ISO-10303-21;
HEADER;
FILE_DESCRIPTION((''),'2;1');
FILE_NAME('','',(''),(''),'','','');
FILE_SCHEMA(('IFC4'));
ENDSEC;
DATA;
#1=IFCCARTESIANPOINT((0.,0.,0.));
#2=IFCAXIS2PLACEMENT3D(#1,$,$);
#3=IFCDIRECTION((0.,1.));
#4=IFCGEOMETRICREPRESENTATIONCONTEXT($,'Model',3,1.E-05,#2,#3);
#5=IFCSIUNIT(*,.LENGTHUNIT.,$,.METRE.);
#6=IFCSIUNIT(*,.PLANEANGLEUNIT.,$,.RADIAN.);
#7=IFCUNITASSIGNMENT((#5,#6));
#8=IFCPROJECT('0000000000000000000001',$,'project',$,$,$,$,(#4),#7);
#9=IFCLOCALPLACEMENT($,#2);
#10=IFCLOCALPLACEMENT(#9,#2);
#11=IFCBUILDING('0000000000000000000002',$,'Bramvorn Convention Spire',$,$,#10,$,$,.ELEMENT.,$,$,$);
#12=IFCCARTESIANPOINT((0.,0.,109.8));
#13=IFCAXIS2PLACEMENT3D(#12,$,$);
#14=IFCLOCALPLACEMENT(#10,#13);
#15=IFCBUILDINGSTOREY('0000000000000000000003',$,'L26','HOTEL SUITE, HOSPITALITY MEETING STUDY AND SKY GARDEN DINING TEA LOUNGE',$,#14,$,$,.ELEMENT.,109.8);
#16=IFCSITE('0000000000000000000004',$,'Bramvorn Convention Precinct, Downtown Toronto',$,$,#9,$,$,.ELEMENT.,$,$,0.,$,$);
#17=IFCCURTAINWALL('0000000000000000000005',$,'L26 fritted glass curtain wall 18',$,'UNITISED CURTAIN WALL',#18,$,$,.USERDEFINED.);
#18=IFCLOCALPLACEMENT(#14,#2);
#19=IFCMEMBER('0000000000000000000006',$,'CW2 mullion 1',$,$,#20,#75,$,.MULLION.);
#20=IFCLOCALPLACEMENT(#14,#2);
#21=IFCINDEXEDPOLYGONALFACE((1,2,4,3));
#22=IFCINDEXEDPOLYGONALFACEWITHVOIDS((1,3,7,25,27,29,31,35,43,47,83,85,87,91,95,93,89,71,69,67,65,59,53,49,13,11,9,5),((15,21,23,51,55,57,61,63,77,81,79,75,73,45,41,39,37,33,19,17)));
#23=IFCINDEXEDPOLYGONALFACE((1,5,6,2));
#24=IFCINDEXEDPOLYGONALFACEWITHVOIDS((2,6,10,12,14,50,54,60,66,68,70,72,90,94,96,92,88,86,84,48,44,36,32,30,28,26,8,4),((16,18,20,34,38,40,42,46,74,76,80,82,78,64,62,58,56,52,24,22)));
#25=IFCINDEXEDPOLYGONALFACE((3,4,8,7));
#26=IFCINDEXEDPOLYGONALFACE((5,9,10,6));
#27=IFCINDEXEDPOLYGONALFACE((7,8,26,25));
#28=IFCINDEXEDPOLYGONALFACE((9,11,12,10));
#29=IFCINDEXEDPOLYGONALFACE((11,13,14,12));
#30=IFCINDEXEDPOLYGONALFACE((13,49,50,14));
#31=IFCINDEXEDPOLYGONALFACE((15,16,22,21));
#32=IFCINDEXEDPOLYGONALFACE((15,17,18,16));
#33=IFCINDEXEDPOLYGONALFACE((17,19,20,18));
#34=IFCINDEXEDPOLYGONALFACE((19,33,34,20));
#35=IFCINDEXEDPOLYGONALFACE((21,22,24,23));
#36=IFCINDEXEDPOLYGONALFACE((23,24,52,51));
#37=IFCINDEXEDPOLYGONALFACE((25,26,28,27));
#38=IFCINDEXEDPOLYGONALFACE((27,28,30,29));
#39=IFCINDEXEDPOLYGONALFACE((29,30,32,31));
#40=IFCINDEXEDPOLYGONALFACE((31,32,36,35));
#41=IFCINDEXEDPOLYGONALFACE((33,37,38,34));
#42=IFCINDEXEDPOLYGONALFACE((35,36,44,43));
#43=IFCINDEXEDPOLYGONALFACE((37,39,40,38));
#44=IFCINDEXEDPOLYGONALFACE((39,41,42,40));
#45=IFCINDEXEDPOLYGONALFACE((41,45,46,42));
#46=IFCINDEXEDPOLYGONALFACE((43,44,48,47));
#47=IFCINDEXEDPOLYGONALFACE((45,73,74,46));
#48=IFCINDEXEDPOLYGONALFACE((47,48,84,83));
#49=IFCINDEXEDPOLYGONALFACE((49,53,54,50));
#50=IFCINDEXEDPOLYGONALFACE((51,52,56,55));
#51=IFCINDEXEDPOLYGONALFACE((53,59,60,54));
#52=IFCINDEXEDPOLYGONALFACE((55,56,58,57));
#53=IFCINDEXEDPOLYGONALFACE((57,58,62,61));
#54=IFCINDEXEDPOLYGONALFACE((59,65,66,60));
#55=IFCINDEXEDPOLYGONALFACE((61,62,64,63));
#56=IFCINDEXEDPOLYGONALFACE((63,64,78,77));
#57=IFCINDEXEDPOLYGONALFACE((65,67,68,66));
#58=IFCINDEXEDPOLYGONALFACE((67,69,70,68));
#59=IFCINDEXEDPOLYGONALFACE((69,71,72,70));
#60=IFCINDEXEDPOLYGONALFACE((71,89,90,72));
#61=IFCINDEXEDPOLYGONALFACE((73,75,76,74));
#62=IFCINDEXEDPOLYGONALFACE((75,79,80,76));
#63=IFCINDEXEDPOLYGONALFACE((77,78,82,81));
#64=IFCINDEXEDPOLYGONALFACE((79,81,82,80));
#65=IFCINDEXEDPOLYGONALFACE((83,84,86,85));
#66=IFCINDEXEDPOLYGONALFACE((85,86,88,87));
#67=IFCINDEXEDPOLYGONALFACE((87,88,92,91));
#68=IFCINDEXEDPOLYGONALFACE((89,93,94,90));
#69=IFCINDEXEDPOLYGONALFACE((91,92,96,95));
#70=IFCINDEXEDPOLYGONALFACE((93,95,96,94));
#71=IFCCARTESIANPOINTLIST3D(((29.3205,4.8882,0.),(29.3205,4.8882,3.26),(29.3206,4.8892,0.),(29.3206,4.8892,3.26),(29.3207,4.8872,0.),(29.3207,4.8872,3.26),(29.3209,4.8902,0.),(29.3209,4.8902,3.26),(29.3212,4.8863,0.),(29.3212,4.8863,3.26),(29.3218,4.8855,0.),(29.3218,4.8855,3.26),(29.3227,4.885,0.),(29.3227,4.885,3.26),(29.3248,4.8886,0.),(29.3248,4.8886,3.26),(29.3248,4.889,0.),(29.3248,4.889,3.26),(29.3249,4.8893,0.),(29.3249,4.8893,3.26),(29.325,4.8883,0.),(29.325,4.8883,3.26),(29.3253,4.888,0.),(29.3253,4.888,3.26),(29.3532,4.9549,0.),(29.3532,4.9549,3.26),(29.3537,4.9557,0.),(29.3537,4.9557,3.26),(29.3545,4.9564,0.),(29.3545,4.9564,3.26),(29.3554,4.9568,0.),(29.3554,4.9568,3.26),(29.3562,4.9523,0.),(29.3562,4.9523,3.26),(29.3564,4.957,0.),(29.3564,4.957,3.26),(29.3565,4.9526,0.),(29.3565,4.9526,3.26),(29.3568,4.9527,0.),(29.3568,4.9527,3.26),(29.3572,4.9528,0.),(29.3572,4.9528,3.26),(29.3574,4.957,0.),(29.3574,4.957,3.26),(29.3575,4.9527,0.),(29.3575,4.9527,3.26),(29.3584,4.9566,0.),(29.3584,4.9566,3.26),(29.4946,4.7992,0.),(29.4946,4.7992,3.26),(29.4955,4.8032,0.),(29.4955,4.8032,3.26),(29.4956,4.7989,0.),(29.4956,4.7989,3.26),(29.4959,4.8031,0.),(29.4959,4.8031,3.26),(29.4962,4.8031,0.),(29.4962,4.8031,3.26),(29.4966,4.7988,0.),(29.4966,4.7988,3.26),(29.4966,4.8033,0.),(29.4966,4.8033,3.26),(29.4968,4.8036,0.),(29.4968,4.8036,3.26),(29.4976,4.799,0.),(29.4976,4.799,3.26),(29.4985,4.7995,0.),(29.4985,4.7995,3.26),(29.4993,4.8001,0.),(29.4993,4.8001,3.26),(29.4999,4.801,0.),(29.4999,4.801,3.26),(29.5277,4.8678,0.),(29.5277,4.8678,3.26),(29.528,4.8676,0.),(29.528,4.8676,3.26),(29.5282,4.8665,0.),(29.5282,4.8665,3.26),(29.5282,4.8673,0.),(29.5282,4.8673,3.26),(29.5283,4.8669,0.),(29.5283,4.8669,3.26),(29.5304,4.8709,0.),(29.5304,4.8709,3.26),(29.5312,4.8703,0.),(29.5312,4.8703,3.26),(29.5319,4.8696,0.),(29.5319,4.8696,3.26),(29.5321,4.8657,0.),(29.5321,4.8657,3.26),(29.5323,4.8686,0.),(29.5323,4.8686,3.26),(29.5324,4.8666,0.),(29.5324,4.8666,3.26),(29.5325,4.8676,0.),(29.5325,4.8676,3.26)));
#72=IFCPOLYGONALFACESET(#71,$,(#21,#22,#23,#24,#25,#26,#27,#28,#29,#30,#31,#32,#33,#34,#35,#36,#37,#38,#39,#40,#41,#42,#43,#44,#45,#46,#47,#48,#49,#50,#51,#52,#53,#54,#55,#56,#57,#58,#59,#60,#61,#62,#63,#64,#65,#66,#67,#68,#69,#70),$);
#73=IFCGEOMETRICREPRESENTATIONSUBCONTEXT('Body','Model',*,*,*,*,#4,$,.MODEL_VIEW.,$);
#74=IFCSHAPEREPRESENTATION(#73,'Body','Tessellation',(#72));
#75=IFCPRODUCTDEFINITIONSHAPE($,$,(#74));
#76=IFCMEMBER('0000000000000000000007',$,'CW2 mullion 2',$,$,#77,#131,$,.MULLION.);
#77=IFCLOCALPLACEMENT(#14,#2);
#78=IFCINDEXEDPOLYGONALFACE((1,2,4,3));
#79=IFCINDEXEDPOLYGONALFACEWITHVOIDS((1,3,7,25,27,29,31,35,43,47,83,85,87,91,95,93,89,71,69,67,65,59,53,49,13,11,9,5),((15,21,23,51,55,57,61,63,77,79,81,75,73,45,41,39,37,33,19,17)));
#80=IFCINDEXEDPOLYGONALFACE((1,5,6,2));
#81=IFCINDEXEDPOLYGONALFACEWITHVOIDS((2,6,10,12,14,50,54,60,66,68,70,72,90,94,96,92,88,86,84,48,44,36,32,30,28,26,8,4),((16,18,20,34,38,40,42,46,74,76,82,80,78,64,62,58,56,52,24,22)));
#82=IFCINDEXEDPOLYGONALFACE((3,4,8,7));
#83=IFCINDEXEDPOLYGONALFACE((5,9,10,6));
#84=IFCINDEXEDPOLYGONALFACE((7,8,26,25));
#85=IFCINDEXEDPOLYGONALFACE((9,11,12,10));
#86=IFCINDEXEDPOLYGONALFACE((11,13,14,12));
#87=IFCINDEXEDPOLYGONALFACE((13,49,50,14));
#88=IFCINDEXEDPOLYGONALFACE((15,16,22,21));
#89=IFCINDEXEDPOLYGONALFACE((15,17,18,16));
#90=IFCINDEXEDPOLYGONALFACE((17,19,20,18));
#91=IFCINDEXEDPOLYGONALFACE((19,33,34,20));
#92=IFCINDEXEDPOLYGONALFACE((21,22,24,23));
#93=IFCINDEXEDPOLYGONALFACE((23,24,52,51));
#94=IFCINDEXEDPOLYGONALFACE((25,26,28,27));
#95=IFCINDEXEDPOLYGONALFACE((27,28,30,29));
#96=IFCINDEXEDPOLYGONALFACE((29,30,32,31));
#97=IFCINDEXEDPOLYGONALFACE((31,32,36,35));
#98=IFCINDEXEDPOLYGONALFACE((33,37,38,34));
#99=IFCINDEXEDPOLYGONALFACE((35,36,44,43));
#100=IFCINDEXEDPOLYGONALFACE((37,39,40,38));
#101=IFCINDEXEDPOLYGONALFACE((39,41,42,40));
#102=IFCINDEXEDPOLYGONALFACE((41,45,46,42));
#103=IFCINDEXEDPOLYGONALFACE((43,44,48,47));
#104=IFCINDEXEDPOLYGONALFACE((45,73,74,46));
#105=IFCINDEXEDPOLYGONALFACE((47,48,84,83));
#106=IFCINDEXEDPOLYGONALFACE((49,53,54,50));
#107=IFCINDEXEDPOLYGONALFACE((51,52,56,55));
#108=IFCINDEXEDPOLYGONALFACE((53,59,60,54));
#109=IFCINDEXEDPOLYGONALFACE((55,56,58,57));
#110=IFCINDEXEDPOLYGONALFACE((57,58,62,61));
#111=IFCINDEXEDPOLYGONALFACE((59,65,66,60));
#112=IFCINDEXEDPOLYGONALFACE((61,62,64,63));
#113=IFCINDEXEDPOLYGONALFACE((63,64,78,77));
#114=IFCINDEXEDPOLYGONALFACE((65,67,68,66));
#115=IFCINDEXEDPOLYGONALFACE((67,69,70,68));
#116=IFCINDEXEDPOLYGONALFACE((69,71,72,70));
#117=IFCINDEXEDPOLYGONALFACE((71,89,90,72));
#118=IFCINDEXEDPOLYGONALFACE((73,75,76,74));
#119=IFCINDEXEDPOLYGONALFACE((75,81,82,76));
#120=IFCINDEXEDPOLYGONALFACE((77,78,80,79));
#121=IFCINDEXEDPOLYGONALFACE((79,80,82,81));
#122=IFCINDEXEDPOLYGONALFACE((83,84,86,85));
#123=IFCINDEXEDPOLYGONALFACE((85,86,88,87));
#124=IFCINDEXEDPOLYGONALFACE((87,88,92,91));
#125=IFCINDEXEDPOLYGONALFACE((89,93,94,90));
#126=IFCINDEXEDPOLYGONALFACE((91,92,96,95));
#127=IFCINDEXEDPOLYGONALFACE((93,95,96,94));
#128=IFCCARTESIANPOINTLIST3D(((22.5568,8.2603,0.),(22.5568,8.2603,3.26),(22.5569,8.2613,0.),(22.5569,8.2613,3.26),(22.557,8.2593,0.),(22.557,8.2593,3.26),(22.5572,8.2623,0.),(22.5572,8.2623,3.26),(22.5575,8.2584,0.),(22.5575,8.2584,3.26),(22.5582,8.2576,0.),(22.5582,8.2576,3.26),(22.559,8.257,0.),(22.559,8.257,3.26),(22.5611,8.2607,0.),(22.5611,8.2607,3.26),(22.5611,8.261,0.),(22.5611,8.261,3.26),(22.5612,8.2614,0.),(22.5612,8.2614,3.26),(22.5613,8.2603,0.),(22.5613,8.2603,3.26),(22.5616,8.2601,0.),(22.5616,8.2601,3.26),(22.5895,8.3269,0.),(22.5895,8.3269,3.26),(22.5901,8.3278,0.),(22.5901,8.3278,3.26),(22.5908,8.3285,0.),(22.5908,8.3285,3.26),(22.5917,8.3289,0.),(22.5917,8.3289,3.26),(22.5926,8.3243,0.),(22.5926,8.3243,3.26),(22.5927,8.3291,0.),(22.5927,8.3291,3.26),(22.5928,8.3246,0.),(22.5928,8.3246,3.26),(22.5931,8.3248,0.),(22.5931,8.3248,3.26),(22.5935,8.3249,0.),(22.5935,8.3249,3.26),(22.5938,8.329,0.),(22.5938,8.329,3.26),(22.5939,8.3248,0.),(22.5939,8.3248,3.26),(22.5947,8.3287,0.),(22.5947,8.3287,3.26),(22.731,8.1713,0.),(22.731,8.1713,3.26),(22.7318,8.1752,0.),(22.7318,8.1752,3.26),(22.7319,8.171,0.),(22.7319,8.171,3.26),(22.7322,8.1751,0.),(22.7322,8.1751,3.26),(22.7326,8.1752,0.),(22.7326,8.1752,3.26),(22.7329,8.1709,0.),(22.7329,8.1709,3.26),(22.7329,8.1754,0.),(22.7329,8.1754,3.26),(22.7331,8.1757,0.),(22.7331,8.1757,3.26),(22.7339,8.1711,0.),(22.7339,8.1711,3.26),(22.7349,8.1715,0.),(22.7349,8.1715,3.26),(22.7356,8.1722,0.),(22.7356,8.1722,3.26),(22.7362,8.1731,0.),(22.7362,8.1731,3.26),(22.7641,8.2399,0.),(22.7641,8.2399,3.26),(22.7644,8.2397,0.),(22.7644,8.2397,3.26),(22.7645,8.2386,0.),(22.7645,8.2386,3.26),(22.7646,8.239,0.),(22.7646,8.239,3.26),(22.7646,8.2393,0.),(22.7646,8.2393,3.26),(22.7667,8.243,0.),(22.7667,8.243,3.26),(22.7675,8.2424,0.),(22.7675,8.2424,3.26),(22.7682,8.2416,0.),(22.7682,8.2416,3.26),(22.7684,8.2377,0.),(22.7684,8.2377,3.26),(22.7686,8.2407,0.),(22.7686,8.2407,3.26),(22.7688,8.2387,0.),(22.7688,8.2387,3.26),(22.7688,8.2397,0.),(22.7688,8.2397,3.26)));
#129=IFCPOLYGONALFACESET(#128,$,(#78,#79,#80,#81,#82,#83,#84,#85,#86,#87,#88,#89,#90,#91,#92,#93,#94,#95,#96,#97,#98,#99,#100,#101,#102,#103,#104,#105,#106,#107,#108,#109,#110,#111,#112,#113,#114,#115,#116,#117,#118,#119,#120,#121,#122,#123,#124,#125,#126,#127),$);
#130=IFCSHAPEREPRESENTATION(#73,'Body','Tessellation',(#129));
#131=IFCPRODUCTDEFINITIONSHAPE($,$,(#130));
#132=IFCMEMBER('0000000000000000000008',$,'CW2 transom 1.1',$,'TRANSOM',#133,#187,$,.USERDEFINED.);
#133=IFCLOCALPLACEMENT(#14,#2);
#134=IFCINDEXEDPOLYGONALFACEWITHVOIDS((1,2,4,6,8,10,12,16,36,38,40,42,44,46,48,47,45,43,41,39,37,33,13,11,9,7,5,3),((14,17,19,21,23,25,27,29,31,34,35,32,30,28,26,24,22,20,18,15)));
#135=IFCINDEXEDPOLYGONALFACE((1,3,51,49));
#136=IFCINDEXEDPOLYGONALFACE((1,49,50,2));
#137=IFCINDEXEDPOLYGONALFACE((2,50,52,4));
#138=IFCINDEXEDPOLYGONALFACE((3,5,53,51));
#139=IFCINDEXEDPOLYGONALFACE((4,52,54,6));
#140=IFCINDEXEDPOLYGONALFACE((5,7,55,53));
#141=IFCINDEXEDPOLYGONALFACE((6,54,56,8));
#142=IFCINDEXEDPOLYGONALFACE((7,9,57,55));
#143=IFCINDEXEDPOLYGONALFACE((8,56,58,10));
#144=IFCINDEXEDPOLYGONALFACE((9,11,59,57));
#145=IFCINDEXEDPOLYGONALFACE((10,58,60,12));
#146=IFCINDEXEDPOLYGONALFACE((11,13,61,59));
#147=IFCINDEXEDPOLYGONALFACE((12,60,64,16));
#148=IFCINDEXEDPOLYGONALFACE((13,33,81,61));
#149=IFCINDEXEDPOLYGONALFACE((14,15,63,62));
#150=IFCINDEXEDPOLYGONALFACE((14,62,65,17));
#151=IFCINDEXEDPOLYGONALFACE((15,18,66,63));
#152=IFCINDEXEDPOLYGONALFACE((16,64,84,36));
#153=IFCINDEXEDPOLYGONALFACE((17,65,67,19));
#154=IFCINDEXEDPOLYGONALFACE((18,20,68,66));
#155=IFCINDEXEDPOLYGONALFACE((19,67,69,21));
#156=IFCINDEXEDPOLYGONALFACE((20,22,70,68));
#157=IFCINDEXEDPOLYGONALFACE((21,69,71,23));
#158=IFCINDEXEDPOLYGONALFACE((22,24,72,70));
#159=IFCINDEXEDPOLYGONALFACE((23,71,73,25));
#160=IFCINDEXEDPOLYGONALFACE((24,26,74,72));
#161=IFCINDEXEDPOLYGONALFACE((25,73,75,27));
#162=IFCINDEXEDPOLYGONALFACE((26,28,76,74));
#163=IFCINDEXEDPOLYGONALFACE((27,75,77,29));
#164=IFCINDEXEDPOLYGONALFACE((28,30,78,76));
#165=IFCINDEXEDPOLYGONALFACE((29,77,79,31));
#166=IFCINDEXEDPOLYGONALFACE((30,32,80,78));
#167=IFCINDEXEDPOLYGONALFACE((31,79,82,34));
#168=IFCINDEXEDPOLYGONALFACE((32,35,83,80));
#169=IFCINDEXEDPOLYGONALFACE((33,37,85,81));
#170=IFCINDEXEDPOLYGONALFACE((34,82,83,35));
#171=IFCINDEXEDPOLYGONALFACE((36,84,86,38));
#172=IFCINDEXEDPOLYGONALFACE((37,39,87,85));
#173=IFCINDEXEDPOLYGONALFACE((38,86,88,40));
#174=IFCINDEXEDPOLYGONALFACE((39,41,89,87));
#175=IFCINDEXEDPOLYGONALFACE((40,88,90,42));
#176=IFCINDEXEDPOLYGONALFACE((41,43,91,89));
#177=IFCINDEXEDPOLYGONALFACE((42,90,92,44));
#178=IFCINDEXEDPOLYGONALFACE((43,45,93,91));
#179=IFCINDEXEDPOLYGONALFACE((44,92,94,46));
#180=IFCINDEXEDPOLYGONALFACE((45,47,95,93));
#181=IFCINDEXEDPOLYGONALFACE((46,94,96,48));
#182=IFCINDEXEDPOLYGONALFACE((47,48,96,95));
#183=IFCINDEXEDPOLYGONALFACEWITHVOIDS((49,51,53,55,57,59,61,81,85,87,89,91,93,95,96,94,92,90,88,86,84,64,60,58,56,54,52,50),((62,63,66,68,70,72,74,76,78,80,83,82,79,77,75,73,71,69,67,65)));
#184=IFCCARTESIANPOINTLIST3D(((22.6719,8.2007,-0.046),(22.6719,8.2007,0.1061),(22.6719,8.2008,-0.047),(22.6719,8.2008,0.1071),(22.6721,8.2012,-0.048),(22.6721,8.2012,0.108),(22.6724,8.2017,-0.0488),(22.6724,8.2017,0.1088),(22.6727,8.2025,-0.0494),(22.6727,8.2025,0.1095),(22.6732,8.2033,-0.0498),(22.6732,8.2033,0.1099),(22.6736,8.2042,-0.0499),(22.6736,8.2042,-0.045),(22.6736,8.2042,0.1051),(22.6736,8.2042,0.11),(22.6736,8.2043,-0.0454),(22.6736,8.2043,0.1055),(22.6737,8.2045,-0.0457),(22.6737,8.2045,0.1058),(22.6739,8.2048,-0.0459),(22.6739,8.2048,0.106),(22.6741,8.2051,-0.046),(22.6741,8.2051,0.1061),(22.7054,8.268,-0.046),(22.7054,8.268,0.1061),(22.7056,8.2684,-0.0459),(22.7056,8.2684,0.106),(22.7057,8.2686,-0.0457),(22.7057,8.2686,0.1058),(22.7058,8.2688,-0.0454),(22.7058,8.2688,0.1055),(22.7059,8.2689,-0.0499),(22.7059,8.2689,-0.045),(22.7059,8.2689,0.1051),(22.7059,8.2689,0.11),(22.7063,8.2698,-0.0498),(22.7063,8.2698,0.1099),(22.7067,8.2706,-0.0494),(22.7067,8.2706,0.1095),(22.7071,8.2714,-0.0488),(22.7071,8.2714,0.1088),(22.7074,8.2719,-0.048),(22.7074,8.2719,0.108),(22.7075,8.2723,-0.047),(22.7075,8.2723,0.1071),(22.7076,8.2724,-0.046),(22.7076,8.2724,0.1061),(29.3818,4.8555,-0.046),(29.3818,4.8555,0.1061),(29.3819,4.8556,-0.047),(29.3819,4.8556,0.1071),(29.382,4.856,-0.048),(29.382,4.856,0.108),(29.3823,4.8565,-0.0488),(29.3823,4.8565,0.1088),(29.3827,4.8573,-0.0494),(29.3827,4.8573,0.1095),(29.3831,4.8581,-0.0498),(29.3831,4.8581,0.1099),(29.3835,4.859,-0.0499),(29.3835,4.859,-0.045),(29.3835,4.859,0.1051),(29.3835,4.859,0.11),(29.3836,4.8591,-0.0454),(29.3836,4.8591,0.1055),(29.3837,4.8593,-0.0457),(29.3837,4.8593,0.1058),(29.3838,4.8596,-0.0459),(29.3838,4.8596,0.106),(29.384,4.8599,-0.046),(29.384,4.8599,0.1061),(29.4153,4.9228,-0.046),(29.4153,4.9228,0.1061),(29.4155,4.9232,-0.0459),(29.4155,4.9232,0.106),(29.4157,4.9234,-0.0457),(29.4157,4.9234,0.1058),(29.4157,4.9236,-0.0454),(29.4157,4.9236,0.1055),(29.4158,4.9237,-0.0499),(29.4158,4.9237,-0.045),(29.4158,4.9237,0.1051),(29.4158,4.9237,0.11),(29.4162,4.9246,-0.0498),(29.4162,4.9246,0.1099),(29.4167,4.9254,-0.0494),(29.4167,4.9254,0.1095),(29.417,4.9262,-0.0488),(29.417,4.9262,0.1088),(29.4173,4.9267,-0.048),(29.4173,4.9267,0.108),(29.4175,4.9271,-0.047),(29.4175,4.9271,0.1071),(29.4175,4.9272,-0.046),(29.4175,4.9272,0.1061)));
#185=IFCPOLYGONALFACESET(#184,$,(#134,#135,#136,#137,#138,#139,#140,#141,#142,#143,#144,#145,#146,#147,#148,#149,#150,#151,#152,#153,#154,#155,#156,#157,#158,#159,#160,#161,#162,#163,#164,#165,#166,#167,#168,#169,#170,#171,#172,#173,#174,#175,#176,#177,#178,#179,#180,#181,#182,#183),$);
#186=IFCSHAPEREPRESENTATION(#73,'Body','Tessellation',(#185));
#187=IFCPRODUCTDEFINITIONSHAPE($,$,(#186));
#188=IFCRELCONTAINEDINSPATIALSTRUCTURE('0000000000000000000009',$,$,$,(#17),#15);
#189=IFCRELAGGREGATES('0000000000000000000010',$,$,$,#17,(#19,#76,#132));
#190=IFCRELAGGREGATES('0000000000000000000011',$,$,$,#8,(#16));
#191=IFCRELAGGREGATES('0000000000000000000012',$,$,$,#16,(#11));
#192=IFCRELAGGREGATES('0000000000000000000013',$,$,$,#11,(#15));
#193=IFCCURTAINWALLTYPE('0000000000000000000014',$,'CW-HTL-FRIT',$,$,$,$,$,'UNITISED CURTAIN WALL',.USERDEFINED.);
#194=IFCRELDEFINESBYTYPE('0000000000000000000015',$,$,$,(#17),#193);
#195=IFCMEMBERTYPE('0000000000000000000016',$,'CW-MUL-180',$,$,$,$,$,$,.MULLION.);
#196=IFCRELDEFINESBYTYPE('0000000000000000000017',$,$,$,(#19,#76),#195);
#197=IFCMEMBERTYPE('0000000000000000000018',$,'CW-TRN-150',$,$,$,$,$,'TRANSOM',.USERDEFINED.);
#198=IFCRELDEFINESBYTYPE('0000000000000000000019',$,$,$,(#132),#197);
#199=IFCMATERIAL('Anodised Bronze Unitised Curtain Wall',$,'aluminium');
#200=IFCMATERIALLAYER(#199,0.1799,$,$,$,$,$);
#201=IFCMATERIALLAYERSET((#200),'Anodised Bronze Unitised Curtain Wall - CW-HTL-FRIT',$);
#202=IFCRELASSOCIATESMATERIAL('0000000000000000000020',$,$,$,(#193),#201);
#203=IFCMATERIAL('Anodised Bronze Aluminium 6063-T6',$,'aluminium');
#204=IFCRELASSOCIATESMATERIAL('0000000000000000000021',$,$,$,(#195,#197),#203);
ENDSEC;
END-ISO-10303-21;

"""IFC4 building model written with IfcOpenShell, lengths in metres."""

from ifc_helpers import new_model, si_unit, direction, frame, origin, origin_2d, place, context, subcontext, project, spatial, hollow_rectangle, extrude, material, layer, layer_set, material_profile, profile_set, type_object, element, aggregate, save


model = new_model("IFC4")

# Units and contexts
model_context = context("Model", 3, precision=1e-05, world=origin(), true_north=direction((0.0, 1.0)))
body_context = subcontext(model_context, "Body", "Model", "MODEL_VIEW")
ifc_project = project(units=[si_unit("LENGTHUNIT", "METRE"), si_unit("PLANEANGLEUNIT", "RADIAN")], contexts=[model_context])

# Site, building, storey
site_placement = place(None, origin())
site = spatial("IfcSite", under=ifc_project, at=site_placement, Name="Bramvorn Convention Precinct, Downtown Toronto", CompositionType="ELEMENT", RefElevation=0.0)
building_placement = place(site_placement, origin())
building = spatial("IfcBuilding", under=site, at=building_placement, Name="Bramvorn Convention Spire", CompositionType="ELEMENT")
storey_placement = place(building_placement, frame((0.0, 0.0, 109.8)))
storey = spatial("IfcBuildingStorey", under=building, at=storey_placement, Name="L26", Description="HOTEL SUITE, HOSPITALITY MEETING STUDY AND SKY GARDEN DINING TEA LOUNGE", CompositionType="ELEMENT", Elevation=109.8)

# Curtain wall, members
ifc_material_1 = material(Name="Anodised Bronze Unitised Curtain Wall", Category="aluminium")
ifc_layer_1 = layer(ifc_material_1, 0.1799)
ifc_layer_set_1 = layer_set([ifc_layer_1], Name="Anodised Bronze Unitised Curtain Wall - CW-HTL-FRIT")
curtain_wall_type = type_object("IfcCurtainWallType", Name="CW-HTL-FRIT", ElementType="UNITISED CURTAIN WALL", PredefinedType="USERDEFINED", material=ifc_layer_set_1)
curtain_wall_placement = place(storey_placement, origin())
curtain_wall = element("IfcCurtainWall", 1, at=curtain_wall_placement, inside=storey, type_object=curtain_wall_type, Name="L26 fritted glass curtain wall 18", ObjectType="UNITISED CURTAIN WALL", PredefinedType="USERDEFINED")
ifc_material_2 = material(Name="Anodised Bronze Aluminium 6063-T6", Category="aluminium")
ifc_material_profile_1 = material_profile(ifc_material_2, hollow_rectangle(XDim=0.0801, YDim=0.2, WallThickness=0.0039, InnerFilletRadius=0.001, OuterFilletRadius=0.0039, at=origin_2d()))
ifc_profile_set_1 = profile_set([ifc_material_profile_1], Name="Anodised Bronze Aluminium 6063-T6 - CWM80X200")
member_type_1 = type_object("IfcMemberType", Name="CW-MUL-180", PredefinedType="MULLION", material=ifc_profile_set_1)
member_1_placement = place(storey_placement, frame((29.4265, 4.8779, 0.0), z_axis=(0.0, 0.0, 1.0), x_axis=(-0.446168, -0.894949, 0.0)))
member_1 = element("IfcMember", 2, at=member_1_placement, type_object=member_type_1, Name="CW2 mullion 1", PredefinedType="MULLION", context=body_context, shape_type="SweptSolid", body=[
    extrude(hollow_rectangle(XDim=0.0801, YDim=0.2, WallThickness=0.0039, InnerFilletRadius=0.001, OuterFilletRadius=0.0039, at=origin_2d()), origin(), (0.0, 0.0, 1.0), 3.26),
])
member_2_placement = place(storey_placement, frame((22.6628, 8.25, 0.0), z_axis=(0.0, 0.0, 1.0), x_axis=(-0.446168, -0.894949, 0.0)))
member_2 = element("IfcMember", 3, at=member_2_placement, type_object=member_type_1, Name="CW2 mullion 2", PredefinedType="MULLION", context=body_context, shape_type="SweptSolid", body=[
    extrude(hollow_rectangle(XDim=0.0801, YDim=0.2, WallThickness=0.0039, InnerFilletRadius=0.001, OuterFilletRadius=0.0039, at=origin_2d()), origin(), (0.0, 0.0, 1.0), 3.26),
])
ifc_material_profile_2 = material_profile(ifc_material_2, hollow_rectangle(XDim=0.0801, YDim=0.1599, WallThickness=0.0039, InnerFilletRadius=0.001, OuterFilletRadius=0.0039, at=origin_2d()))
ifc_profile_set_2 = profile_set([ifc_material_profile_2], Name="Anodised Bronze Aluminium 6063-T6 - CWT80X160")
member_type_2 = type_object("IfcMemberType", Name="CW-TRN-150", ElementType="TRANSOM", PredefinedType="USERDEFINED", material=ifc_profile_set_2)
member_3_placement = place(storey_placement, frame((29.3997, 4.8914, 0.03), z_axis=(-0.894948, 0.446171, 0.0), x_axis=(-0.446171, -0.894948, 0.0)))
member_3 = element("IfcMember", 4, at=member_3_placement, type_object=member_type_2, Name="CW2 transom 1.1", ObjectType="TRANSOM", PredefinedType="USERDEFINED", context=body_context, shape_type="SweptSolid", body=[
    extrude(hollow_rectangle(XDim=0.0801, YDim=0.1599, WallThickness=0.0039, InnerFilletRadius=0.001, OuterFilletRadius=0.0039, at=origin_2d()), origin(), (0.0, 0.0, 1.0), 7.4976),
])
aggregate(curtain_wall, [member_1, member_2, member_3])

save(model, "model.ifc")
